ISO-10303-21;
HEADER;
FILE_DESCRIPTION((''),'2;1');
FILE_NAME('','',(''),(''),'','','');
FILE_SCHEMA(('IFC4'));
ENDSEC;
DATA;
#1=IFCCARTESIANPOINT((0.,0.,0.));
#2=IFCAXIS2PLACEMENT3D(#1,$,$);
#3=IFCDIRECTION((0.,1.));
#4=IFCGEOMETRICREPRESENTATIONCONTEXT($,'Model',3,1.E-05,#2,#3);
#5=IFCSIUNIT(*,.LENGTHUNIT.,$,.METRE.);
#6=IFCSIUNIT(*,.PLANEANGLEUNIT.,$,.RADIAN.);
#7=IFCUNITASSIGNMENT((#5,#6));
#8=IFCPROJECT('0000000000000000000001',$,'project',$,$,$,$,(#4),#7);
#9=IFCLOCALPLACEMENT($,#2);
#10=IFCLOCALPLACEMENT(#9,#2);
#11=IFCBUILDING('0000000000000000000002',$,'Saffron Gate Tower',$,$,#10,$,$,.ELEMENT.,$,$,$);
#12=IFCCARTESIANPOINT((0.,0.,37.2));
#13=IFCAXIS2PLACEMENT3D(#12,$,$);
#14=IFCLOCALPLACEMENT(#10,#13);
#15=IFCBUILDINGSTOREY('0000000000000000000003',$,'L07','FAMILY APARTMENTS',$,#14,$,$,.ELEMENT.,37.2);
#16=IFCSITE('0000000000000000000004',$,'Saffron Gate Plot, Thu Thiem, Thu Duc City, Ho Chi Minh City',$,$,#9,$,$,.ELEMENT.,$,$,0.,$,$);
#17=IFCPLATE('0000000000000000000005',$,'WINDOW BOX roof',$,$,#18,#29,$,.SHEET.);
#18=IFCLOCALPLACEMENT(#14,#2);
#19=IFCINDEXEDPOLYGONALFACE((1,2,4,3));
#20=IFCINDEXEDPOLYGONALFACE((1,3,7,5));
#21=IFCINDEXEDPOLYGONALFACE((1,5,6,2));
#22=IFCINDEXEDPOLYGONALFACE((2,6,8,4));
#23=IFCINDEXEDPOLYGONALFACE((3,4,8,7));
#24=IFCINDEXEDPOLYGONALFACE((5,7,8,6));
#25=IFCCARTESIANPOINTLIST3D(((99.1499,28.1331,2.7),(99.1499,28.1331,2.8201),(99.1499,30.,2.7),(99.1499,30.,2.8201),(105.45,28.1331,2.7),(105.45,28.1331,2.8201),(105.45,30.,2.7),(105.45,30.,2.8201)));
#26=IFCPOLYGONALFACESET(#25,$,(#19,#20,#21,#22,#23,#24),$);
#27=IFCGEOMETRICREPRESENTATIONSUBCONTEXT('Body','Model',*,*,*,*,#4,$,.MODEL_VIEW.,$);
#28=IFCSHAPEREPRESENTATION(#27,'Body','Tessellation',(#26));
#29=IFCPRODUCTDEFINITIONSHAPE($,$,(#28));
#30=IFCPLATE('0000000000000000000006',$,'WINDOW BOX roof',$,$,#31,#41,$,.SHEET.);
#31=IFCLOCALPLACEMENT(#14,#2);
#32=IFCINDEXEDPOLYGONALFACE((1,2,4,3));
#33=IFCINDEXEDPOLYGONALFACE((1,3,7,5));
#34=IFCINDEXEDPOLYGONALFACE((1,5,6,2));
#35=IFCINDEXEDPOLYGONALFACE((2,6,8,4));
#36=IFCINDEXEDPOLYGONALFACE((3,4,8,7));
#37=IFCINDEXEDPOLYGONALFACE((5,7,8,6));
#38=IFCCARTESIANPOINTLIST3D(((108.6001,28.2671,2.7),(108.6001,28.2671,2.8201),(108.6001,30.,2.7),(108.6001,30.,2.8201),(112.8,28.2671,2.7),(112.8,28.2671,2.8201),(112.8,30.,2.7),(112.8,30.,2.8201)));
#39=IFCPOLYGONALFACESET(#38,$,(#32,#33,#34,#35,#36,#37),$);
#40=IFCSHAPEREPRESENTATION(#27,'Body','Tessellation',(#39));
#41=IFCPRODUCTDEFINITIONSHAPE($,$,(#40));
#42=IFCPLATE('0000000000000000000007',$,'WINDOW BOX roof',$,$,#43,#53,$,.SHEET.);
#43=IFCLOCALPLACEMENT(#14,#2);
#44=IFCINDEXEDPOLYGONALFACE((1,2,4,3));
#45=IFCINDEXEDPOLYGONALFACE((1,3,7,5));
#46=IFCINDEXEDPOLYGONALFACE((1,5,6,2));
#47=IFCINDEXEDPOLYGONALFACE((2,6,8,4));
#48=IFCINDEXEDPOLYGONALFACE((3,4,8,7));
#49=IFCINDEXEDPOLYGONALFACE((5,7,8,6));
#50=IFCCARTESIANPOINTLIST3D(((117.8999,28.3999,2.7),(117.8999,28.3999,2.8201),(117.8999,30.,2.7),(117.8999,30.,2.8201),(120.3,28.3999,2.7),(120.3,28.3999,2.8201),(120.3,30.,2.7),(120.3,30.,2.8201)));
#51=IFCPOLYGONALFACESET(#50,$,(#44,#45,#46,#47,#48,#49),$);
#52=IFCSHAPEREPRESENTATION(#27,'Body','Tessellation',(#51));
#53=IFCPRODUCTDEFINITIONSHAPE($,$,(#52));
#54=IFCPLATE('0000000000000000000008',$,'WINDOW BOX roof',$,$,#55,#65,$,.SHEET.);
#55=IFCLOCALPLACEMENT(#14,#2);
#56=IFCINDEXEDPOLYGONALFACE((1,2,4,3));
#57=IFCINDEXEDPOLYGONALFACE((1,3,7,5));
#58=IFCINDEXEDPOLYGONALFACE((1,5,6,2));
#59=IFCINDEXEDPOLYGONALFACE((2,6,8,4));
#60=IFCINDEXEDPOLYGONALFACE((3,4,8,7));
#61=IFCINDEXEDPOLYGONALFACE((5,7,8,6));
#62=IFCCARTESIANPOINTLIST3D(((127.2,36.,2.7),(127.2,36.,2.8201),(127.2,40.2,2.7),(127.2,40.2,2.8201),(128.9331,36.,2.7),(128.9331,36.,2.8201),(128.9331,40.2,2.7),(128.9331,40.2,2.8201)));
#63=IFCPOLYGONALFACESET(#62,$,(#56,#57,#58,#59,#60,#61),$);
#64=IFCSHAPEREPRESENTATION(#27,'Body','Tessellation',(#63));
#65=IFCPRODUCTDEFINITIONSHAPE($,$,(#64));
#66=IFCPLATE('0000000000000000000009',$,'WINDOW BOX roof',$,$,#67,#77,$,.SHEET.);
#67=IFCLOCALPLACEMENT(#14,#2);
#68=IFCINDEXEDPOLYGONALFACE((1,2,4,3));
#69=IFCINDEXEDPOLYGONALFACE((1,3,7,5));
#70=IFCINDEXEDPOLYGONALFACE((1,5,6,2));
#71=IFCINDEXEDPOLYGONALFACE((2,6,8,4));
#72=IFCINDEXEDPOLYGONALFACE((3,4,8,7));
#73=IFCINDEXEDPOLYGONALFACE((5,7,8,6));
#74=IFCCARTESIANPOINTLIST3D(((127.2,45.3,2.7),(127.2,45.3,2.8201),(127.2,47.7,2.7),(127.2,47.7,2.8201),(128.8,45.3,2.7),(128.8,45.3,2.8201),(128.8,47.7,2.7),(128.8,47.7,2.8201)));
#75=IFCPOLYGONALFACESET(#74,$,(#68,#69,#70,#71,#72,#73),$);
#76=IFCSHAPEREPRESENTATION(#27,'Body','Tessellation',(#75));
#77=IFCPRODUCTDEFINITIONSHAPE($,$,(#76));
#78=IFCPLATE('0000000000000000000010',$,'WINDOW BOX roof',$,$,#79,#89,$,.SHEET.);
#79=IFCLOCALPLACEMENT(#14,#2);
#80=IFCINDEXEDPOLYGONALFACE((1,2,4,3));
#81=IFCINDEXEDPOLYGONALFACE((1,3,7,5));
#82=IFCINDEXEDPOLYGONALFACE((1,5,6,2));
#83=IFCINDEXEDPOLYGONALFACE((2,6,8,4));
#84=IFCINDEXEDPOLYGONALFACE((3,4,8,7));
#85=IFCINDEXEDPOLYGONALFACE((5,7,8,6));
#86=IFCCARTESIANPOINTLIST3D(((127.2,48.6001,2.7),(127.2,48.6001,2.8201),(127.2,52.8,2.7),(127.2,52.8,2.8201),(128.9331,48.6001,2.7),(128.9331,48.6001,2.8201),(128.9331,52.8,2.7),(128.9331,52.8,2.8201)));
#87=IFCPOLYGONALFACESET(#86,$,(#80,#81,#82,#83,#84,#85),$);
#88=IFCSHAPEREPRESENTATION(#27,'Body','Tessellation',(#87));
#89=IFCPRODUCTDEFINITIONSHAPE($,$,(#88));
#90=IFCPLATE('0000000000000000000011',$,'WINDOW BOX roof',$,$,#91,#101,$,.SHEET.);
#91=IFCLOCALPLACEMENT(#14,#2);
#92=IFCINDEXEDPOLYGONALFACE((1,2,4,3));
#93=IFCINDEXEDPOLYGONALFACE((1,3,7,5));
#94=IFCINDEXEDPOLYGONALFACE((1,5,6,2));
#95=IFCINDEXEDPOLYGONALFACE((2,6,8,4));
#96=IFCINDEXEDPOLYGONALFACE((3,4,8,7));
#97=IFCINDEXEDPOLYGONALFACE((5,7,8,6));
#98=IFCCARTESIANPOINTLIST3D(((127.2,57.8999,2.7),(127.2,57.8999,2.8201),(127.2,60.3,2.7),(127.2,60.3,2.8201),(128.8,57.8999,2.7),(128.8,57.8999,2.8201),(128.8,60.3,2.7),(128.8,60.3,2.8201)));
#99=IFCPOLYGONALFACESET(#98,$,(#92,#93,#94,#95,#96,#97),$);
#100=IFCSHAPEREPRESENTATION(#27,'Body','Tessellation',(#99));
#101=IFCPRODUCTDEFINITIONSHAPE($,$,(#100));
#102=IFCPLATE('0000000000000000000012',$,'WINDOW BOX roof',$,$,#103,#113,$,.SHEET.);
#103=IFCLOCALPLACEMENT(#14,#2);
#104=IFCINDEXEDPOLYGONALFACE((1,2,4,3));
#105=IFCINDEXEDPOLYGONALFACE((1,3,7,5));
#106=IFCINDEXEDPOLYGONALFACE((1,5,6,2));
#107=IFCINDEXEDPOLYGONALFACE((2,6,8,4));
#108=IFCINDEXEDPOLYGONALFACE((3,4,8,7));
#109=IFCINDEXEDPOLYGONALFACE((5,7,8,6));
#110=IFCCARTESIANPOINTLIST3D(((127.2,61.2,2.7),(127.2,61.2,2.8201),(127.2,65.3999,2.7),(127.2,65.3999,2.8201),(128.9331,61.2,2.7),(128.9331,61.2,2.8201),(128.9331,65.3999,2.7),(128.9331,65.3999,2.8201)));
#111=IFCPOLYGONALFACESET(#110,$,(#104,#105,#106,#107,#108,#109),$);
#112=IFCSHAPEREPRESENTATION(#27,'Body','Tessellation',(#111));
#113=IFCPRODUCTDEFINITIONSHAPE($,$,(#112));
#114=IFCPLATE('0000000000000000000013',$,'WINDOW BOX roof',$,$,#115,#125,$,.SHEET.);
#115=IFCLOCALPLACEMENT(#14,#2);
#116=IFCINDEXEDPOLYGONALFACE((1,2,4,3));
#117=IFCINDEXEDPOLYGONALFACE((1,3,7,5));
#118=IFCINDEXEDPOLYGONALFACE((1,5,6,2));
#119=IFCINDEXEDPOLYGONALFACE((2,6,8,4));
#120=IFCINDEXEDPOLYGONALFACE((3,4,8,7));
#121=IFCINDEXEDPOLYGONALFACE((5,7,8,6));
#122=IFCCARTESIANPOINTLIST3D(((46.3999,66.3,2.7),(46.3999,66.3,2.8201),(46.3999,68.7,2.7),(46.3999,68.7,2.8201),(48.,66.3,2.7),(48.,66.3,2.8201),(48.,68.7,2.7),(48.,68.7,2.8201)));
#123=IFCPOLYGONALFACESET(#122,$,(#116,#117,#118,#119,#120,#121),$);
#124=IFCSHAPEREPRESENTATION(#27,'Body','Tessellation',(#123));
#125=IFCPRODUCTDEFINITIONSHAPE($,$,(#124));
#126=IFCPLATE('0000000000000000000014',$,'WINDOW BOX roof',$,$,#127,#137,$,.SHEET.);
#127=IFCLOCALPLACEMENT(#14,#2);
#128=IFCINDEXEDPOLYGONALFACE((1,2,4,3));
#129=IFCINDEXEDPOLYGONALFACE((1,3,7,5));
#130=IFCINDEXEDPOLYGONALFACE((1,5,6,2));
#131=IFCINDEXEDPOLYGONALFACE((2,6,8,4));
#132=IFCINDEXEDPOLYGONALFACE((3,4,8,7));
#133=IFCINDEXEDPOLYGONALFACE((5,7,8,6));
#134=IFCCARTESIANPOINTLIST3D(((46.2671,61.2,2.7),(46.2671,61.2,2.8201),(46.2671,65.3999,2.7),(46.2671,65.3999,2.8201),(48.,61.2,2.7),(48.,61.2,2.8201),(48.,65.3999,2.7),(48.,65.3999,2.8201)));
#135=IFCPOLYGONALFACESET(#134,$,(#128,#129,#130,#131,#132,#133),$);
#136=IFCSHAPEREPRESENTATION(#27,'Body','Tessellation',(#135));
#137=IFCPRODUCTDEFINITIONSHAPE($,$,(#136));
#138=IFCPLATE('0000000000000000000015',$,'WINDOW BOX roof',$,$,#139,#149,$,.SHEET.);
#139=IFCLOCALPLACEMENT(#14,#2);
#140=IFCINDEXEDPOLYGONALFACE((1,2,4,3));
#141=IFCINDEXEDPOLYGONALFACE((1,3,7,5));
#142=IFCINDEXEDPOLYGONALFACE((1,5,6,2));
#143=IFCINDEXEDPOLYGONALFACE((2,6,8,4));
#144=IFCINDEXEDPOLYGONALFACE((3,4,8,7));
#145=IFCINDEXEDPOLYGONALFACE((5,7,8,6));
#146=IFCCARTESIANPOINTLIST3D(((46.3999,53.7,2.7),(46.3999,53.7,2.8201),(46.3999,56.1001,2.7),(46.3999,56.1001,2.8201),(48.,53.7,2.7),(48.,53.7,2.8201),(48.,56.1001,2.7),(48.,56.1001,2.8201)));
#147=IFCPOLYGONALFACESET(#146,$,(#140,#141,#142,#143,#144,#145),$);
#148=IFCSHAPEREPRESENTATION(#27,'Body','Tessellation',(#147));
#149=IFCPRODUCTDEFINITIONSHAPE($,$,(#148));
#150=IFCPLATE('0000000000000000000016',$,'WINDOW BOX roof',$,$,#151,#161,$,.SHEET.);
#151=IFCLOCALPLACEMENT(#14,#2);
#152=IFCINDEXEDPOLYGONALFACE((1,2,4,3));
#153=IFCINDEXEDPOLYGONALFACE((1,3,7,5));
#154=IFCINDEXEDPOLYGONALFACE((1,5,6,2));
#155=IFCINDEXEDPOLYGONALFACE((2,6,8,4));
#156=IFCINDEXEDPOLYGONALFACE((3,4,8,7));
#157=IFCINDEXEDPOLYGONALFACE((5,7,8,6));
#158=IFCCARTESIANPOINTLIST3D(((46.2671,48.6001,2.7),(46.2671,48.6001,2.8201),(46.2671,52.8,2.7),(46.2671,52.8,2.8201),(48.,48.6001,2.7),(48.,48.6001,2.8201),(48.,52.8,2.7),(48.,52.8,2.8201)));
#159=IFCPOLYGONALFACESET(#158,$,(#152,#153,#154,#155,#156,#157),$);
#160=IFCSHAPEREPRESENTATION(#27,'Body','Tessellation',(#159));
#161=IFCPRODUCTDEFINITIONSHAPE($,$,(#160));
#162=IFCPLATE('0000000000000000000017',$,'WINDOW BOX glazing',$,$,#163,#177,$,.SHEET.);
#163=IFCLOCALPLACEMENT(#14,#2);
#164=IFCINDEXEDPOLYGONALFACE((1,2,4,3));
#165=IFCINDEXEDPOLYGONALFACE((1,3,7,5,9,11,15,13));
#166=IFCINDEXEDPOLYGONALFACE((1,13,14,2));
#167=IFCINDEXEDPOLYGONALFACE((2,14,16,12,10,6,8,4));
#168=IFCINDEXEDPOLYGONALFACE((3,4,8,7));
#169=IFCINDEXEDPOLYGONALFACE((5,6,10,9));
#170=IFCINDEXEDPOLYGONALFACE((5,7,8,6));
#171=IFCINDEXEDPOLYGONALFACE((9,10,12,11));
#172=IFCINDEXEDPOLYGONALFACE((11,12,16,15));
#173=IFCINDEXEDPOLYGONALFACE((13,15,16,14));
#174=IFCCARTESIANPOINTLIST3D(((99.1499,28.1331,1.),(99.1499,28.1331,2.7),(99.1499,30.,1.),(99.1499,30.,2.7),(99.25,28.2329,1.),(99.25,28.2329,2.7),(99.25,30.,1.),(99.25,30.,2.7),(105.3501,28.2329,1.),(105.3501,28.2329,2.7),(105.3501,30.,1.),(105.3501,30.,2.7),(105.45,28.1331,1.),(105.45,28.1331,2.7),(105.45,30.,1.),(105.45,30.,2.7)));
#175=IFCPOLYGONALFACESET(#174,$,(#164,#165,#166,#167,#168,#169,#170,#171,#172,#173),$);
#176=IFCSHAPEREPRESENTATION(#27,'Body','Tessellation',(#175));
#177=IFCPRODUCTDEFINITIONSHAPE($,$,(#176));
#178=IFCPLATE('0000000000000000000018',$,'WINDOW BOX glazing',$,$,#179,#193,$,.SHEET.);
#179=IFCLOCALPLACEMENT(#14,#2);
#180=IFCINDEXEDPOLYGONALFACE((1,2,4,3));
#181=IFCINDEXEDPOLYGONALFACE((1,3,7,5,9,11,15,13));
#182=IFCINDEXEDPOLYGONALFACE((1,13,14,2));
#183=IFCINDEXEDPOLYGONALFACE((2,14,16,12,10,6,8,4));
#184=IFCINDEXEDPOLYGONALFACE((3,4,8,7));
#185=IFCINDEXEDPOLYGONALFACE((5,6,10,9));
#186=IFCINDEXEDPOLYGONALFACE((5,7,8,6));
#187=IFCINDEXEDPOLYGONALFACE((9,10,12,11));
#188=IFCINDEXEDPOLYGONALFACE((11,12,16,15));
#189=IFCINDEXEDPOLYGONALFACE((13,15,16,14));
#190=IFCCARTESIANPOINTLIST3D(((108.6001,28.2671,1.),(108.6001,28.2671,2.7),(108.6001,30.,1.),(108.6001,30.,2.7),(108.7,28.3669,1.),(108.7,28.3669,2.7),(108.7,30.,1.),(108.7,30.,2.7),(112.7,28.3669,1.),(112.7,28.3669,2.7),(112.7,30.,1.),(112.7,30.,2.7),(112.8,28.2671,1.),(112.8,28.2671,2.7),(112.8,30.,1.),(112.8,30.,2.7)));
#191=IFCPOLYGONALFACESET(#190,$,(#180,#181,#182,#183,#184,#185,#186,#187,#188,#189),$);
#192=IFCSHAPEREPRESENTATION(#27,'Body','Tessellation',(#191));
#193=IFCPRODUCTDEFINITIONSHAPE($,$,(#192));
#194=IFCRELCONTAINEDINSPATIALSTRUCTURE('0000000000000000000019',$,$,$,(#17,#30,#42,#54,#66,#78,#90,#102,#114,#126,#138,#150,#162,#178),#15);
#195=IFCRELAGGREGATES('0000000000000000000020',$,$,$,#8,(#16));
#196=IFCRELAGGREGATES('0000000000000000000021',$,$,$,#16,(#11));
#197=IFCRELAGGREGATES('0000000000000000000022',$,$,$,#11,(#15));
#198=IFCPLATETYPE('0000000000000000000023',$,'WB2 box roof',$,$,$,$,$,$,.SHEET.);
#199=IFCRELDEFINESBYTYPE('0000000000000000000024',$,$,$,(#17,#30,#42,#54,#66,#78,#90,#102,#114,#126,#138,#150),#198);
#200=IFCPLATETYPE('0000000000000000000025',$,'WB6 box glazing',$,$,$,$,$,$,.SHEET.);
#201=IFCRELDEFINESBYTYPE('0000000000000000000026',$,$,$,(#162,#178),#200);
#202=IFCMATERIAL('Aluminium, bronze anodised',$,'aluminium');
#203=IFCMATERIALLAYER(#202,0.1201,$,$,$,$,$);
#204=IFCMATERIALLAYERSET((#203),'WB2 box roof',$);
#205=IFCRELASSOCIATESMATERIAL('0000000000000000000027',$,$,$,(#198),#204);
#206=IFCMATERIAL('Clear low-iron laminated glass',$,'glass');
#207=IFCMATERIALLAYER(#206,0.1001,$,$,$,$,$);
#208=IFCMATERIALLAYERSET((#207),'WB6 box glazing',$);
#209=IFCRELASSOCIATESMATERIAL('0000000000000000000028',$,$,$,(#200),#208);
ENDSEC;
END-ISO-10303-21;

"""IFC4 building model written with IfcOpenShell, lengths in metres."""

from ifc_helpers import new_model, si_unit, direction, frame, origin, place, context, subcontext, project, spatial, polyline, outline, extrude, material, layer, layer_set, type_object, element, save


model = new_model("IFC4")

# Units and contexts
model_context = context("Model", 3, precision=1e-05, world=origin(), true_north=direction((0.0, 1.0)))
body_context = subcontext(model_context, "Body", "Model", "MODEL_VIEW")
ifc_project = project(units=[si_unit("LENGTHUNIT", "METRE"), si_unit("PLANEANGLEUNIT", "RADIAN")], contexts=[model_context])

# Site, building, storey
site_placement = place(None, origin())
site = spatial("IfcSite", under=ifc_project, at=site_placement, Name="Saffron Gate Plot, Thu Thiem, Thu Duc City, Ho Chi Minh City", CompositionType="ELEMENT", RefElevation=0.0)
building_placement = place(site_placement, origin())
building = spatial("IfcBuilding", under=site, at=building_placement, Name="Saffron Gate Tower", CompositionType="ELEMENT")
storey_placement = place(building_placement, frame((0.0, 0.0, 37.2)))
storey = spatial("IfcBuildingStorey", under=building, at=storey_placement, Name="L07", Description="FAMILY APARTMENTS", CompositionType="ELEMENT", Elevation=37.2)

# Plates
ifc_material_1 = material(Name="Aluminium, bronze anodised", Category="aluminium")
ifc_layer_1 = layer(ifc_material_1, 0.1201)
ifc_layer_set_1 = layer_set([ifc_layer_1], Name="WB2 box roof")
plate_type_1 = type_object("IfcPlateType", Name="WB2 box roof", PredefinedType="SHEET", material=ifc_layer_set_1)
plate_1_placement = place(storey_placement, frame((0.0, 0.0, 2.7)))
element("IfcPlate", 1, at=plate_1_placement, inside=storey, type_object=plate_type_1, Name="WINDOW BOX roof", PredefinedType="SHEET", context=body_context, shape_type="SweptSolid", body=[
    extrude(outline(polyline([(99.1499, 30.0), (105.45, 30.0), (105.45, 28.1331), (99.1499, 28.1331), (99.1499, 30.0)])), origin(), (0.0, 0.0, 1.0), 0.1201),
])
plate_2_placement = place(storey_placement, frame((0.0, 0.0, 2.7)))
element("IfcPlate", 2, at=plate_2_placement, inside=storey, type_object=plate_type_1, Name="WINDOW BOX roof", PredefinedType="SHEET", context=body_context, shape_type="SweptSolid", body=[
    extrude(outline(polyline([(108.6001, 30.0), (112.8, 30.0), (112.8, 28.2671), (108.6001, 28.2671), (108.6001, 30.0)])), origin(), (0.0, 0.0, 1.0), 0.1201),
])
plate_3_placement = place(storey_placement, frame((0.0, 0.0, 2.7)))
element("IfcPlate", 3, at=plate_3_placement, inside=storey, type_object=plate_type_1, Name="WINDOW BOX roof", PredefinedType="SHEET", context=body_context, shape_type="SweptSolid", body=[
    extrude(outline(polyline([(117.8999, 30.0), (120.3, 30.0), (120.3, 28.3999), (117.8999, 28.3999), (117.8999, 30.0)])), origin(), (0.0, 0.0, 1.0), 0.1201),
])
plate_4_placement = place(storey_placement, frame((0.0, 0.0, 2.7)))
element("IfcPlate", 4, at=plate_4_placement, inside=storey, type_object=plate_type_1, Name="WINDOW BOX roof", PredefinedType="SHEET", context=body_context, shape_type="SweptSolid", body=[
    extrude(outline(polyline([(127.2, 36.0), (127.2, 40.2), (128.9331, 40.2), (128.9331, 36.0), (127.2, 36.0)])), origin(), (0.0, 0.0, 1.0), 0.1201),
])
plate_5_placement = place(storey_placement, frame((0.0, 0.0, 2.7)))
element("IfcPlate", 5, at=plate_5_placement, inside=storey, type_object=plate_type_1, Name="WINDOW BOX roof", PredefinedType="SHEET", context=body_context, shape_type="SweptSolid", body=[
    extrude(outline(polyline([(127.2, 45.3), (127.2, 47.7), (128.8, 47.7), (128.8, 45.3), (127.2, 45.3)])), origin(), (0.0, 0.0, 1.0), 0.1201),
])
plate_6_placement = place(storey_placement, frame((0.0, 0.0, 2.7)))
element("IfcPlate", 6, at=plate_6_placement, inside=storey, type_object=plate_type_1, Name="WINDOW BOX roof", PredefinedType="SHEET", context=body_context, shape_type="SweptSolid", body=[
    extrude(outline(polyline([(127.2, 48.6001), (127.2, 52.8), (128.9331, 52.8), (128.9331, 48.6001), (127.2, 48.6001)])), origin(), (0.0, 0.0, 1.0), 0.1201),
])
plate_7_placement = place(storey_placement, frame((0.0, 0.0, 2.7)))
element("IfcPlate", 7, at=plate_7_placement, inside=storey, type_object=plate_type_1, Name="WINDOW BOX roof", PredefinedType="SHEET", context=body_context, shape_type="SweptSolid", body=[
    extrude(outline(polyline([(127.2, 57.8999), (127.2, 60.3), (128.8, 60.3), (128.8, 57.8999), (127.2, 57.8999)])), origin(), (0.0, 0.0, 1.0), 0.1201),
])
plate_8_placement = place(storey_placement, frame((0.0, 0.0, 2.7)))
element("IfcPlate", 8, at=plate_8_placement, inside=storey, type_object=plate_type_1, Name="WINDOW BOX roof", PredefinedType="SHEET", context=body_context, shape_type="SweptSolid", body=[
    extrude(outline(polyline([(127.2, 61.2), (127.2, 65.3999), (128.9331, 65.3999), (128.9331, 61.2), (127.2, 61.2)])), origin(), (0.0, 0.0, 1.0), 0.1201),
])
plate_9_placement = place(storey_placement, frame((0.0, 0.0, 2.7)))
element("IfcPlate", 9, at=plate_9_placement, inside=storey, type_object=plate_type_1, Name="WINDOW BOX roof", PredefinedType="SHEET", context=body_context, shape_type="SweptSolid", body=[
    extrude(outline(polyline([(48.0, 68.7), (48.0, 66.3), (46.3999, 66.3), (46.3999, 68.7), (48.0, 68.7)])), origin(), (0.0, 0.0, 1.0), 0.1201),
])
plate_10_placement = place(storey_placement, frame((0.0, 0.0, 2.7)))
element("IfcPlate", 10, at=plate_10_placement, inside=storey, type_object=plate_type_1, Name="WINDOW BOX roof", PredefinedType="SHEET", context=body_context, shape_type="SweptSolid", body=[
    extrude(outline(polyline([(48.0, 65.3999), (48.0, 61.2), (46.2671, 61.2), (46.2671, 65.3999), (48.0, 65.3999)])), origin(), (0.0, 0.0, 1.0), 0.1201),
])
plate_11_placement = place(storey_placement, frame((0.0, 0.0, 2.7)))
element("IfcPlate", 11, at=plate_11_placement, inside=storey, type_object=plate_type_1, Name="WINDOW BOX roof", PredefinedType="SHEET", context=body_context, shape_type="SweptSolid", body=[
    extrude(outline(polyline([(48.0, 56.1001), (48.0, 53.7), (46.3999, 53.7), (46.3999, 56.1001), (48.0, 56.1001)])), origin(), (0.0, 0.0, 1.0), 0.1201),
])
plate_12_placement = place(storey_placement, frame((0.0, 0.0, 2.7)))
element("IfcPlate", 12, at=plate_12_placement, inside=storey, type_object=plate_type_1, Name="WINDOW BOX roof", PredefinedType="SHEET", context=body_context, shape_type="SweptSolid", body=[
    extrude(outline(polyline([(48.0, 52.8), (48.0, 48.6001), (46.2671, 48.6001), (46.2671, 52.8), (48.0, 52.8)])), origin(), (0.0, 0.0, 1.0), 0.1201),
])
ifc_material_2 = material(Name="Clear low-iron laminated glass", Category="glass")
ifc_layer_2 = layer(ifc_material_2, 0.1001)
ifc_layer_set_2 = layer_set([ifc_layer_2], Name="WB6 box glazing")
plate_type_2 = type_object("IfcPlateType", Name="WB6 box glazing", PredefinedType="SHEET", material=ifc_layer_set_2)
plate_13_placement = place(storey_placement, frame((0.0, 0.0, 1.0)))
element("IfcPlate", 13, at=plate_13_placement, inside=storey, type_object=plate_type_2, Name="WINDOW BOX glazing", PredefinedType="SHEET", context=body_context, shape_type="SweptSolid", body=[
    extrude(outline(polyline([(99.1499, 30.0), (99.25, 30.0), (99.25, 28.2329), (105.3501, 28.2329), (105.3501, 30.0), (105.45, 30.0), (105.45, 28.1331), (99.1499, 28.1331), (99.1499, 30.0)])), origin(), (0.0, 0.0, 1.0), 1.7),
])
plate_14_placement = place(storey_placement, frame((0.0, 0.0, 1.0)))
element("IfcPlate", 14, at=plate_14_placement, inside=storey, type_object=plate_type_2, Name="WINDOW BOX glazing", PredefinedType="SHEET", context=body_context, shape_type="SweptSolid", body=[
    extrude(outline(polyline([(108.6001, 30.0), (108.7, 30.0), (108.7, 28.3669), (112.7, 28.3669), (112.7, 30.0), (112.8, 30.0), (112.8, 28.2671), (108.6001, 28.2671), (108.6001, 30.0)])), origin(), (0.0, 0.0, 1.0), 1.7),
])

save(model, "model.ifc")
